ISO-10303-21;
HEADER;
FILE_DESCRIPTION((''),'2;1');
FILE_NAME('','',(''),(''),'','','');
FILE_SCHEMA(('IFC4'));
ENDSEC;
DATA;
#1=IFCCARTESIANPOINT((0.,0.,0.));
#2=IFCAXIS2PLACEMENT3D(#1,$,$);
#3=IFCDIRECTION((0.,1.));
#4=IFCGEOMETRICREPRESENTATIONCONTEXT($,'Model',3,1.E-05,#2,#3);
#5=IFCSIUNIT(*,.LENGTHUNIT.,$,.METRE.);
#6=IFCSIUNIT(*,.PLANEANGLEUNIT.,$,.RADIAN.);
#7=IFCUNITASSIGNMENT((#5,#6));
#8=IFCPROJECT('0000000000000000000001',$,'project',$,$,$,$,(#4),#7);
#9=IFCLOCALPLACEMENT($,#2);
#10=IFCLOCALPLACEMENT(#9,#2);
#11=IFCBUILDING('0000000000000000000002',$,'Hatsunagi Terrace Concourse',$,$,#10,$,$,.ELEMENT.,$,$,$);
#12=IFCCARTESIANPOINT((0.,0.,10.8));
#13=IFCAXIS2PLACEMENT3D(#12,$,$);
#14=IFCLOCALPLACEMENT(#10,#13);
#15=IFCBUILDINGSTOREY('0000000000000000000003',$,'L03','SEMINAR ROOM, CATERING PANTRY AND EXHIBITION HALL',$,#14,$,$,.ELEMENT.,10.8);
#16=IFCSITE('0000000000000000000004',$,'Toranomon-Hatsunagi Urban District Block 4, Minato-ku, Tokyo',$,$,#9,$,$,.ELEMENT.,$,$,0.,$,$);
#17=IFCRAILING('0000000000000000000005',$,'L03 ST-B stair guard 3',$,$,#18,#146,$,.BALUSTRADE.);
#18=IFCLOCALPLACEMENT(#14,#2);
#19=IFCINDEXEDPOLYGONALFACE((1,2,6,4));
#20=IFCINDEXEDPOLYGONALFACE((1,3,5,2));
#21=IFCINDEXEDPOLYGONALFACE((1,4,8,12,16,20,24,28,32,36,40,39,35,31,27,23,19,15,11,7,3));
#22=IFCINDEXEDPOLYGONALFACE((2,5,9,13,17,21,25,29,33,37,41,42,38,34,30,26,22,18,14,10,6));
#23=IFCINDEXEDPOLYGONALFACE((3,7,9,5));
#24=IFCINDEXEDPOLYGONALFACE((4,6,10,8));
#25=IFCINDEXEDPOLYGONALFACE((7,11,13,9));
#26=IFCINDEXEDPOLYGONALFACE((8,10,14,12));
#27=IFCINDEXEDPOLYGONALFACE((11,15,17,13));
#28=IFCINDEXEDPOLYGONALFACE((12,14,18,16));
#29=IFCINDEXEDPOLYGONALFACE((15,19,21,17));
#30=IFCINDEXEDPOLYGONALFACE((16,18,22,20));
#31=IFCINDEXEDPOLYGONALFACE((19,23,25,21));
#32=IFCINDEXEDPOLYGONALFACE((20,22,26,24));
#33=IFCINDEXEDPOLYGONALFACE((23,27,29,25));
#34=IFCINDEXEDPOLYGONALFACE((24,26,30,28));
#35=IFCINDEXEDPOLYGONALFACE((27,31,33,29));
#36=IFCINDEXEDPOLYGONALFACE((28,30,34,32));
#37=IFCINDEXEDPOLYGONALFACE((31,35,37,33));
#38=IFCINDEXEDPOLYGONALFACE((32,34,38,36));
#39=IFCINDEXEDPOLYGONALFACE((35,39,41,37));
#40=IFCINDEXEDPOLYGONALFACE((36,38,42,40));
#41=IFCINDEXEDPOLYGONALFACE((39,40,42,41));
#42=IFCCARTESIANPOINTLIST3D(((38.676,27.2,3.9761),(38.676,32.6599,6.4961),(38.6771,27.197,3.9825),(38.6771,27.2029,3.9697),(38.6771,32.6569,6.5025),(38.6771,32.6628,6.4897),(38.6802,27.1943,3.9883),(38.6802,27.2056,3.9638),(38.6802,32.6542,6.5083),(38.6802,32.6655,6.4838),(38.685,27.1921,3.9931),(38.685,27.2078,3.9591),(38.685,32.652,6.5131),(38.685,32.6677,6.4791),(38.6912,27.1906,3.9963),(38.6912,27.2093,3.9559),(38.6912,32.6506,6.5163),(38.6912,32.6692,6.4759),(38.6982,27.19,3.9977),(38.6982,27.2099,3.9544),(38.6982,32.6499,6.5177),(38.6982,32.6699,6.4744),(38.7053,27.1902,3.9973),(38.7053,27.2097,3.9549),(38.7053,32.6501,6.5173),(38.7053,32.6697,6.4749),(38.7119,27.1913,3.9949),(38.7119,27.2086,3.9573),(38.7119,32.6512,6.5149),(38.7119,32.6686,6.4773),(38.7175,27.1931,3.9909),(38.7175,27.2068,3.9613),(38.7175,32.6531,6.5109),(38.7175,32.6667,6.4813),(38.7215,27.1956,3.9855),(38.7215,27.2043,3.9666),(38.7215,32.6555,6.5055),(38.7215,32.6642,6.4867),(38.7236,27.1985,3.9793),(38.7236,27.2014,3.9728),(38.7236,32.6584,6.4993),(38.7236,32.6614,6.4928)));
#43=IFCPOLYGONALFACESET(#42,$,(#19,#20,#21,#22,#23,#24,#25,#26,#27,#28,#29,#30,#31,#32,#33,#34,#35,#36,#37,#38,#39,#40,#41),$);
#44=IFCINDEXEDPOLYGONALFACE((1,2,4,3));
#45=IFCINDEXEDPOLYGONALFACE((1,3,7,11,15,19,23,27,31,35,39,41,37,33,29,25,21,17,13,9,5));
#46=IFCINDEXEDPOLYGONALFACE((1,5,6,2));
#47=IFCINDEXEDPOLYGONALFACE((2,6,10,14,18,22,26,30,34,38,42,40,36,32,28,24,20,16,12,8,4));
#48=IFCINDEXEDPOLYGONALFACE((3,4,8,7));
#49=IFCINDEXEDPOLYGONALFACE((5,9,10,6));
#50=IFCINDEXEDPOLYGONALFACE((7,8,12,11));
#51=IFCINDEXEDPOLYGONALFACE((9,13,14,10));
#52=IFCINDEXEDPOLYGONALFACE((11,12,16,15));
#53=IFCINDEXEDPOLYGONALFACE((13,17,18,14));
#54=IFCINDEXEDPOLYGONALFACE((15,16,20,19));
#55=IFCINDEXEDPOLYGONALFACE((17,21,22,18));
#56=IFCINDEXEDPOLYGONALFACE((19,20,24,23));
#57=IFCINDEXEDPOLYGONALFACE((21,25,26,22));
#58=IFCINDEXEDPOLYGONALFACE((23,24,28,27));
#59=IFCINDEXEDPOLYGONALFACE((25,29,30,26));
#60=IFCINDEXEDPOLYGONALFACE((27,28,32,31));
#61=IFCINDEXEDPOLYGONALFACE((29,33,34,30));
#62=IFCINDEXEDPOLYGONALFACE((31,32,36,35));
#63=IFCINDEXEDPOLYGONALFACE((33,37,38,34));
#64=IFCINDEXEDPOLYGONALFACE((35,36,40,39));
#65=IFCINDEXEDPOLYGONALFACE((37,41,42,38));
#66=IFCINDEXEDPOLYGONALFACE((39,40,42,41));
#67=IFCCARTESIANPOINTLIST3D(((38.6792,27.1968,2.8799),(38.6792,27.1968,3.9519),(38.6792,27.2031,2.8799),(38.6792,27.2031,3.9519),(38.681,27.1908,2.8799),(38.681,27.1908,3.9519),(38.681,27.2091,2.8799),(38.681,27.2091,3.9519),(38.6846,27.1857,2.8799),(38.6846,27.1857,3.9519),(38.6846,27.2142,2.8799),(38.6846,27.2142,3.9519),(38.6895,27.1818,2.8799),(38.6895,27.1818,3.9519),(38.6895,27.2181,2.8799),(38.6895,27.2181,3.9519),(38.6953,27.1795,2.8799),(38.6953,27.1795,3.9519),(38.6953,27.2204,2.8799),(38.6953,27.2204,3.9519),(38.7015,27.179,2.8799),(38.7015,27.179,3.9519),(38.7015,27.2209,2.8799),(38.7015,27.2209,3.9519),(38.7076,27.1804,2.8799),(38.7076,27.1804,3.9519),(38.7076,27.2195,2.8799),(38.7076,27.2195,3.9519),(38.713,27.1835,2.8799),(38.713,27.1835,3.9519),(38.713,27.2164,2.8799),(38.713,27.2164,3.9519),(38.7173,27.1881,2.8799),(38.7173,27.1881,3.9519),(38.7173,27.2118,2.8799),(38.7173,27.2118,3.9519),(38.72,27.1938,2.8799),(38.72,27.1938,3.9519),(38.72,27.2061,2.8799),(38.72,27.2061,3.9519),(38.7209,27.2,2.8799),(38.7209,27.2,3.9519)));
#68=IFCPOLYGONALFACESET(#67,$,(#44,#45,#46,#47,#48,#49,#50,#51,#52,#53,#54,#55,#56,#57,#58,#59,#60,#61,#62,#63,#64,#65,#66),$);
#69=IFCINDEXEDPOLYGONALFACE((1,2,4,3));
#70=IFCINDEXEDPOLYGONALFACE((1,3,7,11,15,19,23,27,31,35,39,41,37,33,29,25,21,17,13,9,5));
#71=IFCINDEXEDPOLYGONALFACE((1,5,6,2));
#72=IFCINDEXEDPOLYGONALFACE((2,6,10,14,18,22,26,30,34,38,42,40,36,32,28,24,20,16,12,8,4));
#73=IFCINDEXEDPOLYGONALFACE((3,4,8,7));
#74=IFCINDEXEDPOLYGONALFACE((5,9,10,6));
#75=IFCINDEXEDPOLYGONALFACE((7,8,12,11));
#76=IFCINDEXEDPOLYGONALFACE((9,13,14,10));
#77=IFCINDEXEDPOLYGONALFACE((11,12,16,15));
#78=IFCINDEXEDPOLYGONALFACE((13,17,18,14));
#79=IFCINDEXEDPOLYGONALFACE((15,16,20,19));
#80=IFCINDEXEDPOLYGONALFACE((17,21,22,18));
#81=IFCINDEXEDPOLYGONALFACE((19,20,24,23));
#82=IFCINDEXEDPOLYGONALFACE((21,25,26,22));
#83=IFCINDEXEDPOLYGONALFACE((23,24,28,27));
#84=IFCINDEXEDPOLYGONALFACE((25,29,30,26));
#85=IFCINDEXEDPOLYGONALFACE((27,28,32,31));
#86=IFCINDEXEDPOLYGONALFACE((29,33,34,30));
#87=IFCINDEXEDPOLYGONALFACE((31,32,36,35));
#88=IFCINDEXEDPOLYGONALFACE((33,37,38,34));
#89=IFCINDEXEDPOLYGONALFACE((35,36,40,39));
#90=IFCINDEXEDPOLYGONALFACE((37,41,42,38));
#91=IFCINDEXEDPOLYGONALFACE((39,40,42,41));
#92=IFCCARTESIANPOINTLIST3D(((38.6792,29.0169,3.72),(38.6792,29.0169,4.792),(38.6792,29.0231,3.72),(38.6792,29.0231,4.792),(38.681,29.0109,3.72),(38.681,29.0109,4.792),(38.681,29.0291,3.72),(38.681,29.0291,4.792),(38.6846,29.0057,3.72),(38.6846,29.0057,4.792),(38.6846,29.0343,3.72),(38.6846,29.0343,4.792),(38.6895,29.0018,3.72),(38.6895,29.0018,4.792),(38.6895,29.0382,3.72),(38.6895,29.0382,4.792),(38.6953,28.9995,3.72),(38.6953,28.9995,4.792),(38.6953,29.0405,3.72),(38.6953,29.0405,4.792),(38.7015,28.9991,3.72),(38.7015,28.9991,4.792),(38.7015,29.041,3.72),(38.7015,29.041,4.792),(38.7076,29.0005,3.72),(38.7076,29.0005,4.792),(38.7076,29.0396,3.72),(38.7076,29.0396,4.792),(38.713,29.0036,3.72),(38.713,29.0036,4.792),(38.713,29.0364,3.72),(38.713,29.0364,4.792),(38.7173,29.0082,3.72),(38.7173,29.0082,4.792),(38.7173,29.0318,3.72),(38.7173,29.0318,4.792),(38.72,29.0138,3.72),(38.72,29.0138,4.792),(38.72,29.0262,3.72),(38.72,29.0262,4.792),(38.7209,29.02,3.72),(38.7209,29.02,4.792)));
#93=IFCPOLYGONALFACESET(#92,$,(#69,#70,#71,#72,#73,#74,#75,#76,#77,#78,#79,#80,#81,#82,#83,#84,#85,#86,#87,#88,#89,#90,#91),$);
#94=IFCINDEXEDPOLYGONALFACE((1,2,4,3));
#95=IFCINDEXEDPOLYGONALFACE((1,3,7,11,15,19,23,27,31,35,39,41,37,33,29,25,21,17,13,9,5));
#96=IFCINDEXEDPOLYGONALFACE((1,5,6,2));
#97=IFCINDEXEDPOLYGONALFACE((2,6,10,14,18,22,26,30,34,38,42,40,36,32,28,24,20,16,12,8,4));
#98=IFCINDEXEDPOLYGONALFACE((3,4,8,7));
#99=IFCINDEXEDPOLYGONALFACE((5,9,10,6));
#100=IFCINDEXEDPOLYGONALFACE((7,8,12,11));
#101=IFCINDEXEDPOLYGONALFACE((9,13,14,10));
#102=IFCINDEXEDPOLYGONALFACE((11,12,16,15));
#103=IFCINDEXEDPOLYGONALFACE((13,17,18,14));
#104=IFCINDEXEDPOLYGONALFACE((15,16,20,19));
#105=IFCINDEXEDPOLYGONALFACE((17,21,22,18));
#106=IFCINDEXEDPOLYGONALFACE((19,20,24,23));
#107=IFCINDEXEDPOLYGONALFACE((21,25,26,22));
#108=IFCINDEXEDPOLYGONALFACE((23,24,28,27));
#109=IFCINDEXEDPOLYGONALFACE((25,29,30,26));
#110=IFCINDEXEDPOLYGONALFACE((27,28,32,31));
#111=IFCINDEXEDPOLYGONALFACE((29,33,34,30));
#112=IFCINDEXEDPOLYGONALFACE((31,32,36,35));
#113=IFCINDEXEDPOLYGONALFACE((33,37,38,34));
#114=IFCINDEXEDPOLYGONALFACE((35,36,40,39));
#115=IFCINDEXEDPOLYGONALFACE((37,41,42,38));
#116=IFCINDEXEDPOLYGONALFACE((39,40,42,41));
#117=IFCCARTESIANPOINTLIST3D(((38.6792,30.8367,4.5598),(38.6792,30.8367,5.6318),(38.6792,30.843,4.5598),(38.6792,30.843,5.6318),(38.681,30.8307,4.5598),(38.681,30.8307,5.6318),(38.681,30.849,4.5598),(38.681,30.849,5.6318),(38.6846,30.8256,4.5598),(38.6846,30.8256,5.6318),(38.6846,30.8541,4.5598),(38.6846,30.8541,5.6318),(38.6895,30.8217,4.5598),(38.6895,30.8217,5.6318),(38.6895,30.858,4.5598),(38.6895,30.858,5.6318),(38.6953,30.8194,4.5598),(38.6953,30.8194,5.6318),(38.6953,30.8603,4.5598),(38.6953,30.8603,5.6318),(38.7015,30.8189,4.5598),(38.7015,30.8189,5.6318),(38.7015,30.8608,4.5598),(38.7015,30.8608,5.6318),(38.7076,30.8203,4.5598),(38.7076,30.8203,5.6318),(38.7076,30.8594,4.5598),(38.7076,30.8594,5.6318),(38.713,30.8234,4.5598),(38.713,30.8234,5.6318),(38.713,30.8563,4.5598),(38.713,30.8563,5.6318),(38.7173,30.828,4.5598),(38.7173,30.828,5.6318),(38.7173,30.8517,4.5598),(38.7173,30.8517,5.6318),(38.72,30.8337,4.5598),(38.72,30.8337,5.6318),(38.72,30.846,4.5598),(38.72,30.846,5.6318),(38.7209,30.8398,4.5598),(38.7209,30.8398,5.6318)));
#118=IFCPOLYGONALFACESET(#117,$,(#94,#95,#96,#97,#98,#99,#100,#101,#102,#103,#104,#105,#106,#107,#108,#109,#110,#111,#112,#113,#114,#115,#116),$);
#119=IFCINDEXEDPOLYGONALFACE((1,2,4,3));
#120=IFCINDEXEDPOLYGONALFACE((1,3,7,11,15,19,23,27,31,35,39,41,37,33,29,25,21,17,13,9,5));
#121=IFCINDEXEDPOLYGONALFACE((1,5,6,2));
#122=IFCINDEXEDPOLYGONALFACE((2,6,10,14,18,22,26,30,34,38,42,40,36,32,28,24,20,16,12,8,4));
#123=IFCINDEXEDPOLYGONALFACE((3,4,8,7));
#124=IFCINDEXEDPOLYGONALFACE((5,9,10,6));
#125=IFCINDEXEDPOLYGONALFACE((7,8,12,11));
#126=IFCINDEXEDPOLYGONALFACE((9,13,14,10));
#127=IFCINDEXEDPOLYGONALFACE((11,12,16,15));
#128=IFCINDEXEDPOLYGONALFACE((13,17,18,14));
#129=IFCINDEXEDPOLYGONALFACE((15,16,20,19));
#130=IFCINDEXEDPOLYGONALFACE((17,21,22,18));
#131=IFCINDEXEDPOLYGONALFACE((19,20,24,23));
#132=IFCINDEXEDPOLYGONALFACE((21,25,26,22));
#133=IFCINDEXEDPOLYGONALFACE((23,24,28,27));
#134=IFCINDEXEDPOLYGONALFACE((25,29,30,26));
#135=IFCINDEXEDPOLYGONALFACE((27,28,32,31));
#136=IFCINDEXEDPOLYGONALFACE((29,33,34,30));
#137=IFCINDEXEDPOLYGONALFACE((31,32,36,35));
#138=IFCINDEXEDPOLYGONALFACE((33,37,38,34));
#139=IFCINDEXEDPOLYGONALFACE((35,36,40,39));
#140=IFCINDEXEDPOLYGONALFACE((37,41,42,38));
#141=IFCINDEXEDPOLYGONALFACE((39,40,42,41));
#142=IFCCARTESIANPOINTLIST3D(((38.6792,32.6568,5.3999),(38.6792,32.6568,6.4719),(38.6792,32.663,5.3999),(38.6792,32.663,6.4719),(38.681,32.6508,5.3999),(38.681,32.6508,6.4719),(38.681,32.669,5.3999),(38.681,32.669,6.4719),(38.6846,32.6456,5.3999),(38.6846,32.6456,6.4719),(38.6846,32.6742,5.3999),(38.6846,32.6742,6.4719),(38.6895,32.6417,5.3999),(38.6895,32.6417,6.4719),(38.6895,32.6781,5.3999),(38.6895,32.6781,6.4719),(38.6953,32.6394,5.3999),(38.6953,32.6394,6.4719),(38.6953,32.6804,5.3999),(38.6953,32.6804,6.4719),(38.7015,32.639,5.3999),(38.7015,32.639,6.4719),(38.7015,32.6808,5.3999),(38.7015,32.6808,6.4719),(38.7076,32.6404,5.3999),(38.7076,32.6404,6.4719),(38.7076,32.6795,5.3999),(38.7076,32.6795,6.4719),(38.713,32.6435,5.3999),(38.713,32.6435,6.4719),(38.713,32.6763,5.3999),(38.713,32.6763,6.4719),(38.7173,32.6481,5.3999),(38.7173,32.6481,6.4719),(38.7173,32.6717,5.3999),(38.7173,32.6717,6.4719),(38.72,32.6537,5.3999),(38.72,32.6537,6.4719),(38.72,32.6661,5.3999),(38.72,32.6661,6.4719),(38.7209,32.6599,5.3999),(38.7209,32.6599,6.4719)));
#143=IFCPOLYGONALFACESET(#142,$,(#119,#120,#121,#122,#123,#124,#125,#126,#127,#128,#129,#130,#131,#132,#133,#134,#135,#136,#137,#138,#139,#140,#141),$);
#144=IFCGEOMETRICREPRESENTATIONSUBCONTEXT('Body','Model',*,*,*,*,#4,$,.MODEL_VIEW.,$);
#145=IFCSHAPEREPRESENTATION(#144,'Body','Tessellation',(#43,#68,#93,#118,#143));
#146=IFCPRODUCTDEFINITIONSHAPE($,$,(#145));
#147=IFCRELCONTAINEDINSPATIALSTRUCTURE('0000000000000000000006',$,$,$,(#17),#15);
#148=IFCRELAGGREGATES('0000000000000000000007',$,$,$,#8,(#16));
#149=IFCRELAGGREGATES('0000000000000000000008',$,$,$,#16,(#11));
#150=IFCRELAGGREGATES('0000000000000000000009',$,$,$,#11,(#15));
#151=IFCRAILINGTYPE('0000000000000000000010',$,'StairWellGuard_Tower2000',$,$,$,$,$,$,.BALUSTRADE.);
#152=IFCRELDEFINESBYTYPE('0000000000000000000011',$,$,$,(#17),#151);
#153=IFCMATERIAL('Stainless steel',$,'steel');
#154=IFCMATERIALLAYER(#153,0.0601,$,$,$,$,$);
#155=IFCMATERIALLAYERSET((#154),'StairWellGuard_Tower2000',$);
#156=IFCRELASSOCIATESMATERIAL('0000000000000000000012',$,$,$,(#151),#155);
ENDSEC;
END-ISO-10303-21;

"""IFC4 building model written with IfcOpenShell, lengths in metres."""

from ifc_helpers import new_model, si_unit, direction, frame, origin, origin_2d, place, context, subcontext, project, spatial, circle, extrude, material, layer, layer_set, type_object, element, save


model = new_model("IFC4")

# Units and contexts
model_context = context("Model", 3, precision=1e-05, world=origin(), true_north=direction((0.0, 1.0)))
body_context = subcontext(model_context, "Body", "Model", "MODEL_VIEW")
ifc_project = project(units=[si_unit("LENGTHUNIT", "METRE"), si_unit("PLANEANGLEUNIT", "RADIAN")], contexts=[model_context])

# Site, building, storey
site_placement = place(None, origin())
site = spatial("IfcSite", under=ifc_project, at=site_placement, Name="Toranomon-Hatsunagi Urban District Block 4, Minato-ku, Tokyo", CompositionType="ELEMENT", RefElevation=0.0)
building_placement = place(site_placement, origin())
building = spatial("IfcBuilding", under=site, at=building_placement, Name="Hatsunagi Terrace Concourse", CompositionType="ELEMENT")
storey_placement = place(building_placement, frame((0.0, 0.0, 10.8)))
storey = spatial("IfcBuildingStorey", under=building, at=storey_placement, Name="L03", Description="SEMINAR ROOM, CATERING PANTRY AND EXHIBITION HALL", CompositionType="ELEMENT", Elevation=10.8)

# Railing
ifc_material_1 = material(Name="Stainless steel", Category="steel")
ifc_layer_1 = layer(ifc_material_1, 0.0601)
ifc_layer_set_1 = layer_set([ifc_layer_1], Name="StairWellGuard_Tower2000")
railing_type_1 = type_object("IfcRailingType", Name="StairWellGuard_Tower2000", PredefinedType="BALUSTRADE", material=ifc_layer_set_1)
railing_1_placement = place(storey_placement, frame((38.7, 27.2, 2.8799)))
element("IfcRailing", 1, at=railing_1_placement, inside=storey, type_object=railing_type_1, Name="L03 ST-B stair guard 3", PredefinedType="BALUSTRADE", context=body_context, shape_type="SweptSolid", body=[
    extrude(circle(Radius=0.0239, at=origin_2d()), frame((0.0, 0.0, 1.0962), z_axis=(0.0, 0.907957, 0.419063), x_axis=(-1.0, 0.0, 0.0)), (0.0, 0.0, 1.0), 6.0134),
    extrude(circle(Radius=0.021, at=origin_2d()), origin(), (0.0, 0.0, 1.0), 1.072),
    extrude(circle(Radius=0.021, at=origin_2d()), frame((0.0, 1.8201, 0.8401)), (0.0, 0.0, 1.0), 1.072),
    extrude(circle(Radius=0.021, at=origin_2d()), frame((0.0, 3.6399, 1.6799)), (0.0, 0.0, 1.0), 1.072),
    extrude(circle(Radius=0.021, at=origin_2d()), frame((0.0, 5.46, 2.52)), (0.0, 0.0, 1.0), 1.072),
])

save(model, "model.ifc")
